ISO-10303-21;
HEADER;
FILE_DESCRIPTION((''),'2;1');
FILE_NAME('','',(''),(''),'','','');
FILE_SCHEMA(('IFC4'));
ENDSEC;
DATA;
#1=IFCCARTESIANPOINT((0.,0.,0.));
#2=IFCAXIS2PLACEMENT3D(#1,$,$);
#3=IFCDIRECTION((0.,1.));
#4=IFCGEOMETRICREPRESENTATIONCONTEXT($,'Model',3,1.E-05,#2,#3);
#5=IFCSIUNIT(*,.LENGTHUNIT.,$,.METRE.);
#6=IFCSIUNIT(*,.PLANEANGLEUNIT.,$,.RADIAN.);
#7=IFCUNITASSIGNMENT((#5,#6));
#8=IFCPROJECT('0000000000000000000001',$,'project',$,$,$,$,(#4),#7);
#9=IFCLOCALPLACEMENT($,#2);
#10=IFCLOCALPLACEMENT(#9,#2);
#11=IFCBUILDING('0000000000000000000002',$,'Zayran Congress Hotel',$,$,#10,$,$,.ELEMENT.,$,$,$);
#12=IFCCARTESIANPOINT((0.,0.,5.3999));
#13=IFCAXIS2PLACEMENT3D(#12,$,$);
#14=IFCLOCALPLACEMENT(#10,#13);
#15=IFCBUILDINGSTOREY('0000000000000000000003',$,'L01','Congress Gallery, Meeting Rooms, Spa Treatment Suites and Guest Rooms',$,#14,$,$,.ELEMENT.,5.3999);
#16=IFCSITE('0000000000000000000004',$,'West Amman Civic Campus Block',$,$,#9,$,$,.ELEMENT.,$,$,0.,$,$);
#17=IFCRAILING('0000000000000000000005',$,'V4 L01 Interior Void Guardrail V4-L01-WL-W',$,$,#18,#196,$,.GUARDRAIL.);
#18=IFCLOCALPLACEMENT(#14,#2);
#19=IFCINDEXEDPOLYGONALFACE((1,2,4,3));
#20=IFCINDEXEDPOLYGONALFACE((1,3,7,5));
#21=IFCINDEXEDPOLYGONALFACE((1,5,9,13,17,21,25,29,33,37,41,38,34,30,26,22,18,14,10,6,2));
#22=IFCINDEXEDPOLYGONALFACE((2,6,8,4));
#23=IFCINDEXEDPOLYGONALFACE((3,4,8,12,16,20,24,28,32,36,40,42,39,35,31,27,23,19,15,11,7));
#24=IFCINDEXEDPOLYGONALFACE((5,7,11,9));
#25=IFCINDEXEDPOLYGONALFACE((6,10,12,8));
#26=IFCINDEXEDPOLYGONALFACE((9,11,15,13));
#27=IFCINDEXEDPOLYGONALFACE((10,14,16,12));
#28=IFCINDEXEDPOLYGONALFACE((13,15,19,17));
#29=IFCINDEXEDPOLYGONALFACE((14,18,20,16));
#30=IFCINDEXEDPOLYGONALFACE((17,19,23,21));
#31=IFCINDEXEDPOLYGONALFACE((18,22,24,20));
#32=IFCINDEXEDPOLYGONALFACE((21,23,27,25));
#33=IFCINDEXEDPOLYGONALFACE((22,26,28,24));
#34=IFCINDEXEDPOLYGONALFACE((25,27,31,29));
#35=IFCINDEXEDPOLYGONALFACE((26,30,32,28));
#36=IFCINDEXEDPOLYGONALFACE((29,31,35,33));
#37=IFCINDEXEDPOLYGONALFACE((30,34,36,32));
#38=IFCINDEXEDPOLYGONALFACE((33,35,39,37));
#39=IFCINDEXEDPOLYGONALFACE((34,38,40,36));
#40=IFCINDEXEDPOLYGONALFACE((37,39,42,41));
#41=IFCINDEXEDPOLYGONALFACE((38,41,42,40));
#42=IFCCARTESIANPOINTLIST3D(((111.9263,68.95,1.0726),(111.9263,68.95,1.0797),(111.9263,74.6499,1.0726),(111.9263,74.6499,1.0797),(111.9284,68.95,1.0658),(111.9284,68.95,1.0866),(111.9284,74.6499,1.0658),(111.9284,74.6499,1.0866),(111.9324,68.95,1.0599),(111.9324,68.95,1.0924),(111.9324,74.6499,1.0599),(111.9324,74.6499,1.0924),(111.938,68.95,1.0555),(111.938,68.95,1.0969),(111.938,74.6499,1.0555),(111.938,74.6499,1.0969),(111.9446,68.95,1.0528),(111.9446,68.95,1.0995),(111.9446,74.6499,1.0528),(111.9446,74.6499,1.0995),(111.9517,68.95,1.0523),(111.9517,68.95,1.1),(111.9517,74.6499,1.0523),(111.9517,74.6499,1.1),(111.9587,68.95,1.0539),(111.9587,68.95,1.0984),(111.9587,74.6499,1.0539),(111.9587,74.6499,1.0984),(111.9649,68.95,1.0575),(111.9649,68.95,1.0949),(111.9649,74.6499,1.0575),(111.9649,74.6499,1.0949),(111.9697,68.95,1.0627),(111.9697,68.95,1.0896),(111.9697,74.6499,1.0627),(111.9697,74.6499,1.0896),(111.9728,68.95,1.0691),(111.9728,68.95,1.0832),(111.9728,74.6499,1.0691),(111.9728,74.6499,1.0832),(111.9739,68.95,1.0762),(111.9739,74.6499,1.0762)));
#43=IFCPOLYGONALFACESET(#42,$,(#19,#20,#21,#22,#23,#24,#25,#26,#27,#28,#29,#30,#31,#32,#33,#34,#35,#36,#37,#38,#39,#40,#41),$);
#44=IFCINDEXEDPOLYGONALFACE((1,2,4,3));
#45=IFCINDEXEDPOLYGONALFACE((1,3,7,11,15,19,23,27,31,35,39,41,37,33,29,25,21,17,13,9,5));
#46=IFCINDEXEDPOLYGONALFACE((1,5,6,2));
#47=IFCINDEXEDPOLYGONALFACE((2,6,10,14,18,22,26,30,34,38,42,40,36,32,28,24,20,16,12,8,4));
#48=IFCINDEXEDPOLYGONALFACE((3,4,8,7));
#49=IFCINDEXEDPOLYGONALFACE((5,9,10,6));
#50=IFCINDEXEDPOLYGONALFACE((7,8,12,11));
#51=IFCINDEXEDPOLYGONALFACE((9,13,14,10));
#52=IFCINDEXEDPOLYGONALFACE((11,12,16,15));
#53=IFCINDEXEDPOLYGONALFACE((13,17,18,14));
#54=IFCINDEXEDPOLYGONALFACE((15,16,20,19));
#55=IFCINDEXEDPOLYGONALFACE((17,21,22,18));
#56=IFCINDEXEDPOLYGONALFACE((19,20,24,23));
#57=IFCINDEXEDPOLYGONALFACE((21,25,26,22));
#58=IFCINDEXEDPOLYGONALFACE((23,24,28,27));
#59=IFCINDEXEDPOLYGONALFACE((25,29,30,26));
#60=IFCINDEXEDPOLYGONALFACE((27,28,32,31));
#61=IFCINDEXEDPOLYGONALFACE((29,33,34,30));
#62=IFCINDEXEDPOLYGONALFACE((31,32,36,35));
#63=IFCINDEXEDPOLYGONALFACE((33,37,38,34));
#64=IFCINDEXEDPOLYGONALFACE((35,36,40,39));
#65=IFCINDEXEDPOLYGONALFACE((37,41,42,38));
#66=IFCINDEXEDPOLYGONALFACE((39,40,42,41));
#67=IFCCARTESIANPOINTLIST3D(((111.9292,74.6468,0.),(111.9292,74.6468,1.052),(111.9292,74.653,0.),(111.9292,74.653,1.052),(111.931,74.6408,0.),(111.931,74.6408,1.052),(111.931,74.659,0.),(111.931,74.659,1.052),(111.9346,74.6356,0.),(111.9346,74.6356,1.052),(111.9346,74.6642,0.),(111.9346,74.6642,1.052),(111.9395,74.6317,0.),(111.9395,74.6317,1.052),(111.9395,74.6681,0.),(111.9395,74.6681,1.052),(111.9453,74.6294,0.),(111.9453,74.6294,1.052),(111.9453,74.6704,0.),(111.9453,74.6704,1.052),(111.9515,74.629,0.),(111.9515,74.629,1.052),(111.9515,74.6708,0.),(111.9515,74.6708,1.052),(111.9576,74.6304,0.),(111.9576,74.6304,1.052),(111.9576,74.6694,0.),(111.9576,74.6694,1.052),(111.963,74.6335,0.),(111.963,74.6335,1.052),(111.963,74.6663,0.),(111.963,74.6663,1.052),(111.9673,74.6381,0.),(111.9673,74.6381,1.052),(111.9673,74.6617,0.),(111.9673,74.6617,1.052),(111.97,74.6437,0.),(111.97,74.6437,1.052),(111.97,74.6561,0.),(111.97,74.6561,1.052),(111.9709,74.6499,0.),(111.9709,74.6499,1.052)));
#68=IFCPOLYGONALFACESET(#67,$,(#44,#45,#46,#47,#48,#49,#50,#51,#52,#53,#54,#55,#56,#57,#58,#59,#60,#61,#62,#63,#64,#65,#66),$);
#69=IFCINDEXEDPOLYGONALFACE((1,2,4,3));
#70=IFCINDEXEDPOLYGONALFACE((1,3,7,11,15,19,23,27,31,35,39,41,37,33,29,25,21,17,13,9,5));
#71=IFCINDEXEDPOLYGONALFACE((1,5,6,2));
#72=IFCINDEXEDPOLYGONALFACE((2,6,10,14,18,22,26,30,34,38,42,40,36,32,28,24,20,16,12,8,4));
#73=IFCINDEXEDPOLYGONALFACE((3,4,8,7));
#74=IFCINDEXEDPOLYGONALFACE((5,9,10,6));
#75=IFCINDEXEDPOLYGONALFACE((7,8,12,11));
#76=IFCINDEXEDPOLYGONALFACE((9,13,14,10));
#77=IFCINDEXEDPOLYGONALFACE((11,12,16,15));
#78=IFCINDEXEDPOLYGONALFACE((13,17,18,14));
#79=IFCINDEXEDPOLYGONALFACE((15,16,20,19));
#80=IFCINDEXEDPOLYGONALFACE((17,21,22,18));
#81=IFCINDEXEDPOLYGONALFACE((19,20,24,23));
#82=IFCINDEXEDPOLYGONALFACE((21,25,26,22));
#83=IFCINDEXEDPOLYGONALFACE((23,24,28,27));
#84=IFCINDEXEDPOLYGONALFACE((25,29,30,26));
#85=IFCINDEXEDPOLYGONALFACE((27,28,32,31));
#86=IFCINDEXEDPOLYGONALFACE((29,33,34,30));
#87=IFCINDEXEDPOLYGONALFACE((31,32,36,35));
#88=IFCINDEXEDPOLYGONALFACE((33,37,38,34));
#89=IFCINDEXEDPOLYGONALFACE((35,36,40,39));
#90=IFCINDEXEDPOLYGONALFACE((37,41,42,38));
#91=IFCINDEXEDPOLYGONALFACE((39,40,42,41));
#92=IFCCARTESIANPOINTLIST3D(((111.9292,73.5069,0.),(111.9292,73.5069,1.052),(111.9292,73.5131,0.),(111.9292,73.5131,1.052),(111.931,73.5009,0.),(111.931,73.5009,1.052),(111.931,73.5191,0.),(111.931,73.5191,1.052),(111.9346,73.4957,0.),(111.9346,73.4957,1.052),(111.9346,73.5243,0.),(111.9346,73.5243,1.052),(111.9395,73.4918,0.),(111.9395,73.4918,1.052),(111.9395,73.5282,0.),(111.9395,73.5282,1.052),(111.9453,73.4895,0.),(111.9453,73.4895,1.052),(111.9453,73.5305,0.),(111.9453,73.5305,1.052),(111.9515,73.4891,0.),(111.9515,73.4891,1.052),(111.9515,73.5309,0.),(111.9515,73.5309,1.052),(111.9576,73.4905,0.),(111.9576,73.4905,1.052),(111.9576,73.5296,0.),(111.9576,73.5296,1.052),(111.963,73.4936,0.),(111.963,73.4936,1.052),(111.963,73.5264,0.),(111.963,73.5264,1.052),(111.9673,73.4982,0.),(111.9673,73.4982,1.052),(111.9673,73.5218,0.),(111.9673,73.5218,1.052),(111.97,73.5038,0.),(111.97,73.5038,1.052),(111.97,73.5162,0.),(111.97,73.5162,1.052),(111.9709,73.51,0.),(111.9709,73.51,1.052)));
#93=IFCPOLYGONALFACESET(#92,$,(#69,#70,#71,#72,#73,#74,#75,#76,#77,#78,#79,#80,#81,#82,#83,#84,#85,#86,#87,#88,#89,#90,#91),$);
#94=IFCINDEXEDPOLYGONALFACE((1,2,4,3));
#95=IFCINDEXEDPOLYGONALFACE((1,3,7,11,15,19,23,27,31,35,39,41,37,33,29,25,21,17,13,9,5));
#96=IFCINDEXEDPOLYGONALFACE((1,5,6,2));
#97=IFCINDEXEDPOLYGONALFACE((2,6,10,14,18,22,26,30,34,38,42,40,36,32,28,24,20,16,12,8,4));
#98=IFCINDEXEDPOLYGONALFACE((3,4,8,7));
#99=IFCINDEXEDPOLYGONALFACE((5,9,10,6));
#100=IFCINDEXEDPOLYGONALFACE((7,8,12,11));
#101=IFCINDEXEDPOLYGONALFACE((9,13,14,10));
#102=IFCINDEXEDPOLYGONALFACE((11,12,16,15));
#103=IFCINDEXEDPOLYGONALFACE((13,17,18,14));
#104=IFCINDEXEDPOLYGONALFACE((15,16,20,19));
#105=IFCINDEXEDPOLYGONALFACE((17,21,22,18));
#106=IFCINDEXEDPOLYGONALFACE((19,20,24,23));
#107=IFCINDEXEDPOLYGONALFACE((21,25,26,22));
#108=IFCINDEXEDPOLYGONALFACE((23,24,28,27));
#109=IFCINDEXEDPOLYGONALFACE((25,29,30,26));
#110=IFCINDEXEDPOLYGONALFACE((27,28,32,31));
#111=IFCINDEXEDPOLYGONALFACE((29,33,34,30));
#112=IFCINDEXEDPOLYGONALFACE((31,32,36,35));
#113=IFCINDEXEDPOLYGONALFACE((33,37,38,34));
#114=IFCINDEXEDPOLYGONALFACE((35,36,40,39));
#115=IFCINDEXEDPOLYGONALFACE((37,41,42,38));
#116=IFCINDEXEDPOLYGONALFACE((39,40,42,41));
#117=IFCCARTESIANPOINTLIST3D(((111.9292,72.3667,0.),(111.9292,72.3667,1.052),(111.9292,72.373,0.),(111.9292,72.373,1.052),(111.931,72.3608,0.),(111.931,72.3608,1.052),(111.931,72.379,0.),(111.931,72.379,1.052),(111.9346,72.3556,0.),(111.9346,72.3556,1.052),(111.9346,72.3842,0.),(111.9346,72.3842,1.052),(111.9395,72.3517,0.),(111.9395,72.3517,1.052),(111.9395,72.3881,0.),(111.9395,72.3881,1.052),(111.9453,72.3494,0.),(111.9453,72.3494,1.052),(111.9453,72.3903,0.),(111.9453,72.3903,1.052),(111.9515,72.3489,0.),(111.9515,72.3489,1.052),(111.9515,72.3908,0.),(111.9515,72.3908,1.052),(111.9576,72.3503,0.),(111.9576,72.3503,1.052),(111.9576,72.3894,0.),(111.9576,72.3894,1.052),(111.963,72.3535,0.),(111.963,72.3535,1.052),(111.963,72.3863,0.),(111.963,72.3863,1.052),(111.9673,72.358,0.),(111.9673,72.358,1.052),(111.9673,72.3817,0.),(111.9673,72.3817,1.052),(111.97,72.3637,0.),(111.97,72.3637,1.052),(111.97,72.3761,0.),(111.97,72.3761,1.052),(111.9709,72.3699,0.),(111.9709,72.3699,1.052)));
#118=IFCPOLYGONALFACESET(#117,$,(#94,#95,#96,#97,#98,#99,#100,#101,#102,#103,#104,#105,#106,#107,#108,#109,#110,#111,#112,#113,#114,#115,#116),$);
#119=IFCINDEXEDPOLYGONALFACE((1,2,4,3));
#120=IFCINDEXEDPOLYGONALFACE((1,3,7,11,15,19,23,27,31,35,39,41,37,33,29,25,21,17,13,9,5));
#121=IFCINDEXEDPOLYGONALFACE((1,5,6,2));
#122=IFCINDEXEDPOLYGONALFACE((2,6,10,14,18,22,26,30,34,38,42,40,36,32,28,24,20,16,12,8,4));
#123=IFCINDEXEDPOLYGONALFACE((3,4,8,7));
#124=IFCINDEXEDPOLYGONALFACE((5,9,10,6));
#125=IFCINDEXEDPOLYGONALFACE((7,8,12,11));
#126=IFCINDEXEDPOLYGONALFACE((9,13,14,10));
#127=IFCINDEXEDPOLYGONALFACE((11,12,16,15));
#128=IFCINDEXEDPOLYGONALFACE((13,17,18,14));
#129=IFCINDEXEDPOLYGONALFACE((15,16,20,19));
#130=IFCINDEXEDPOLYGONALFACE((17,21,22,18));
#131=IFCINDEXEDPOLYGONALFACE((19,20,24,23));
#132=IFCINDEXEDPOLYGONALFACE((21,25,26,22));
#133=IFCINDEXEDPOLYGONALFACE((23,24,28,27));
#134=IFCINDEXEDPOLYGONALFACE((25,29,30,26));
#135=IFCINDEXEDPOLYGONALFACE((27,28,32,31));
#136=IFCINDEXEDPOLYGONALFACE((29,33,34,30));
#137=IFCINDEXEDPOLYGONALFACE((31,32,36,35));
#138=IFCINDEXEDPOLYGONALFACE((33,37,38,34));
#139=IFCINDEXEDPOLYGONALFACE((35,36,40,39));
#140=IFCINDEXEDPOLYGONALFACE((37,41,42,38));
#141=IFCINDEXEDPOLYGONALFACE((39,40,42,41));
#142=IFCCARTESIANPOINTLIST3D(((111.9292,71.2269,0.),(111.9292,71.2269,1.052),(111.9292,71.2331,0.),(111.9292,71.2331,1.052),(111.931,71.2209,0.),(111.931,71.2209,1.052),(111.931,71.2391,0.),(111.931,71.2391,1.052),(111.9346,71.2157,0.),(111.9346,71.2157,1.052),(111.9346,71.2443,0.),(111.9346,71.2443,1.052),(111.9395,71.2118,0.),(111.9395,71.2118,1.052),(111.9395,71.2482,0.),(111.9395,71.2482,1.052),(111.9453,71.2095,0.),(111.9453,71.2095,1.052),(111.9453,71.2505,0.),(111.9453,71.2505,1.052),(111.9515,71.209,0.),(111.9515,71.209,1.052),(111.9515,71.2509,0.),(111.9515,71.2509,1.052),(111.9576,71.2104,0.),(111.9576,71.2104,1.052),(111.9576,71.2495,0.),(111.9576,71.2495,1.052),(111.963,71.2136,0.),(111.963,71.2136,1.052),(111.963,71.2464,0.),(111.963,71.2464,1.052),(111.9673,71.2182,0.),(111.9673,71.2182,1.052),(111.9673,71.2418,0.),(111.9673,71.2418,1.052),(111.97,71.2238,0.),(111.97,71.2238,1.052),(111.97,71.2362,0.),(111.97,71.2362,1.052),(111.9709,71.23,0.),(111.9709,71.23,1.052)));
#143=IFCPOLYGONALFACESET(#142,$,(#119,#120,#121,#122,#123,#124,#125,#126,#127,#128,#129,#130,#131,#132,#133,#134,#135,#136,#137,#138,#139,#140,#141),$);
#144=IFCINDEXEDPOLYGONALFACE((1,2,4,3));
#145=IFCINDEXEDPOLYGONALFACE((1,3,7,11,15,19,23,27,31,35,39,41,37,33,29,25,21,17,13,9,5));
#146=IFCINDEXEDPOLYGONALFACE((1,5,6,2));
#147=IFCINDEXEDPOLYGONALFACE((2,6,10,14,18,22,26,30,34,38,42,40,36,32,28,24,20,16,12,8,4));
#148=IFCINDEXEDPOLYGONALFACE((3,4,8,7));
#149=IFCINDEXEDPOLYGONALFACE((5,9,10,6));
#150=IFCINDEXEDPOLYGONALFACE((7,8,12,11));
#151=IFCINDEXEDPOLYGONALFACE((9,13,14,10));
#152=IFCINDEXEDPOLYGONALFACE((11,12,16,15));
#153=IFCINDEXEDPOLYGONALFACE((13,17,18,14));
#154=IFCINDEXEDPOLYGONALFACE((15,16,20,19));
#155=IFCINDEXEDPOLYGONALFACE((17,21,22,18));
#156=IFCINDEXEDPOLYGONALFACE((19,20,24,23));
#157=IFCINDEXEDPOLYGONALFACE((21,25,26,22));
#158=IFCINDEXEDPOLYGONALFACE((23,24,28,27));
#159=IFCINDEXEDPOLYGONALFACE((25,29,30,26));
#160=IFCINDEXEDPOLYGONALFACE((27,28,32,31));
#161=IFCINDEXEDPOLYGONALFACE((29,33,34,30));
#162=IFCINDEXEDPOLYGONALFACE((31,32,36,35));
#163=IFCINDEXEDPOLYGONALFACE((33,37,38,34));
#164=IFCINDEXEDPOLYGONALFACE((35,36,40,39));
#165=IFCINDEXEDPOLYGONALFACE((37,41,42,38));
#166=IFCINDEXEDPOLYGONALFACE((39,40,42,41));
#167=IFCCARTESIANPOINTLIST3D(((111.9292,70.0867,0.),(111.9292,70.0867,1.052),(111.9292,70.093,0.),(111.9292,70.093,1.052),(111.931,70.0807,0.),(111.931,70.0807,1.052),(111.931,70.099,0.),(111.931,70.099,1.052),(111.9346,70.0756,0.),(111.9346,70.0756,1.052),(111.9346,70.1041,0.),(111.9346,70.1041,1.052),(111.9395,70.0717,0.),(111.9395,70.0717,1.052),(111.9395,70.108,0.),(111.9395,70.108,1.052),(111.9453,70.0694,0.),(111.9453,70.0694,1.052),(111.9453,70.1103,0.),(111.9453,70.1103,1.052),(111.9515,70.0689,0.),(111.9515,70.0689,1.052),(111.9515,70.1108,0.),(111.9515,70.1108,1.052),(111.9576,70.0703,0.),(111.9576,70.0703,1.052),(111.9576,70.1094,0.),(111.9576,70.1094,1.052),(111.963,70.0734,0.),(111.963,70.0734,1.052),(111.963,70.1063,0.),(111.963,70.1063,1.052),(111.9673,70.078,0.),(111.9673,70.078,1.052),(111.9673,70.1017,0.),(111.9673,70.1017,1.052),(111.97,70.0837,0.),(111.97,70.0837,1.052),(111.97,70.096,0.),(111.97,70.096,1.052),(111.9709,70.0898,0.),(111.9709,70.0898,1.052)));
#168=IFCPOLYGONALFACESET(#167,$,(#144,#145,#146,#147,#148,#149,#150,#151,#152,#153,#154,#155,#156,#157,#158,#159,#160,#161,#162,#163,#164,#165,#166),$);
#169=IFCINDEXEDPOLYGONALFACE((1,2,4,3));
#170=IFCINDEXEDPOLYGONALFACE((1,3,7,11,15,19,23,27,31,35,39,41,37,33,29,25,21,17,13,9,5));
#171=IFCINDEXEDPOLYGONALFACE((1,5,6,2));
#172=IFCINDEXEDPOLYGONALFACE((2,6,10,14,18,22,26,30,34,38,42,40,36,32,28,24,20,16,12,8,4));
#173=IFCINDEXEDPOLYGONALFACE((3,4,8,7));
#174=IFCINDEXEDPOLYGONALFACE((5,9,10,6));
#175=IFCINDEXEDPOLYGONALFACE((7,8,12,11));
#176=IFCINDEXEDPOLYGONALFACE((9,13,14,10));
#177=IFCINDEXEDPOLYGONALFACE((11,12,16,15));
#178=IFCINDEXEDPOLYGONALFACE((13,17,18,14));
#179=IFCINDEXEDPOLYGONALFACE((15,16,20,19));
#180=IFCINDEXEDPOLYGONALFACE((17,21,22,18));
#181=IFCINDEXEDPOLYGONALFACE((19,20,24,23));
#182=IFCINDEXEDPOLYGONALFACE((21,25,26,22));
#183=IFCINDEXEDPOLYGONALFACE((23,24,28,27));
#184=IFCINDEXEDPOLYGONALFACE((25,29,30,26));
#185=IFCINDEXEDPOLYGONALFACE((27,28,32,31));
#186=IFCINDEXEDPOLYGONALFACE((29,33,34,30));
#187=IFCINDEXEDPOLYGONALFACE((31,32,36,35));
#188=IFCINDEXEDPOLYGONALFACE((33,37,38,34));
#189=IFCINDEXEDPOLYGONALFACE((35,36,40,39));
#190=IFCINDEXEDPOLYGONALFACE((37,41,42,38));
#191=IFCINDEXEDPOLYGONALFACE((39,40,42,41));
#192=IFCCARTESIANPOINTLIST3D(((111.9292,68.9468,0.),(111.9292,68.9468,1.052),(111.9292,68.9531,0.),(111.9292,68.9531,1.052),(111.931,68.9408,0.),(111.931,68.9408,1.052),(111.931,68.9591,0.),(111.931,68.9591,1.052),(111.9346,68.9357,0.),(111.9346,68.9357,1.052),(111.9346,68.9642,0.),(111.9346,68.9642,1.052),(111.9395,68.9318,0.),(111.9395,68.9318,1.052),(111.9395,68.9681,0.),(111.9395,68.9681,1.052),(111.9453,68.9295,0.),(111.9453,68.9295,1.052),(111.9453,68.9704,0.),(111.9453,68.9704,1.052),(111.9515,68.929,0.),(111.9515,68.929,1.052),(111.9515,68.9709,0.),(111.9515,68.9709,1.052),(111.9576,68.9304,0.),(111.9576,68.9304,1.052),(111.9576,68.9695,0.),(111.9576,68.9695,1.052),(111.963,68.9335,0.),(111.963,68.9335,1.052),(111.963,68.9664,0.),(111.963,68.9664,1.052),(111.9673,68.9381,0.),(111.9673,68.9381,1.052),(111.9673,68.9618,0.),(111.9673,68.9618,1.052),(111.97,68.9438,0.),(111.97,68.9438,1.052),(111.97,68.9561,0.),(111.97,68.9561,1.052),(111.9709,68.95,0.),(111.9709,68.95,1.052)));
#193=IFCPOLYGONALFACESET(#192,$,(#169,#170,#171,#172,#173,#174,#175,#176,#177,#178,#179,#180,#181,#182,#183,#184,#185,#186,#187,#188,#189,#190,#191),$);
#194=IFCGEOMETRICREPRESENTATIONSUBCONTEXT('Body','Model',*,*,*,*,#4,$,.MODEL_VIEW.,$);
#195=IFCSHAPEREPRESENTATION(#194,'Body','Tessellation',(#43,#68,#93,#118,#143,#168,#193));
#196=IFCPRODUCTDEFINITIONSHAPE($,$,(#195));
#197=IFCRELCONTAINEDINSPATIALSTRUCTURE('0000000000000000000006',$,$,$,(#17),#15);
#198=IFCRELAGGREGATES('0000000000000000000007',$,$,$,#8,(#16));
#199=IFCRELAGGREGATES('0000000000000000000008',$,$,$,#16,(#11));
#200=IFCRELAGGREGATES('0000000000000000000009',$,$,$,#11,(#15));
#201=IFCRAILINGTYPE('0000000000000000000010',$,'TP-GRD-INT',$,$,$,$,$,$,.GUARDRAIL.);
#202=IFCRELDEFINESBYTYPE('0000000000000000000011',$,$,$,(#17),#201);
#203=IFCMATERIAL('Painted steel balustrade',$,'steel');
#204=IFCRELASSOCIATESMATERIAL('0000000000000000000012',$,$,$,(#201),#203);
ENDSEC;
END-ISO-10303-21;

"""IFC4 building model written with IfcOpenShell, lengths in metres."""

from ifc_helpers import new_model, si_unit, direction, frame, origin, origin_2d, place, context, subcontext, project, spatial, circle, extrude, material, type_object, element, save


model = new_model("IFC4")

# Units and contexts
model_context = context("Model", 3, precision=1e-05, world=origin(), true_north=direction((0.0, 1.0)))
body_context = subcontext(model_context, "Body", "Model", "MODEL_VIEW")
ifc_project = project(units=[si_unit("LENGTHUNIT", "METRE"), si_unit("PLANEANGLEUNIT", "RADIAN")], contexts=[model_context])

# Site, building, storey
site_placement = place(None, origin())
site = spatial("IfcSite", under=ifc_project, at=site_placement, Name="West Amman Civic Campus Block", CompositionType="ELEMENT", RefElevation=0.0)
building_placement = place(site_placement, origin())
building = spatial("IfcBuilding", under=site, at=building_placement, Name="Zayran Congress Hotel", CompositionType="ELEMENT")
storey_placement = place(building_placement, frame((0.0, 0.0, 5.3999)))
storey = spatial("IfcBuildingStorey", under=building, at=storey_placement, Name="L01", Description="Congress Gallery, Meeting Rooms, Spa Treatment Suites and Guest Rooms", CompositionType="ELEMENT", Elevation=5.3999)

# Railing
ifc_material_1 = material(Name="Painted steel balustrade", Category="steel")
railing_type_1 = type_object("IfcRailingType", Name="TP-GRD-INT", PredefinedType="GUARDRAIL", material=ifc_material_1)
railing_1_placement = place(storey_placement, frame((111.95, 74.6499, 0.0)))
element("IfcRailing", 1, at=railing_1_placement, inside=storey, type_object=railing_type_1, Name="V4 L01 Interior Void Guardrail V4-L01-WL-W", PredefinedType="GUARDRAIL", context=body_context, shape_type="SweptSolid", body=[
    extrude(circle(Radius=0.0239, at=origin_2d()), frame((0.0, 0.0, 1.0762), z_axis=(0.0, -1.0, 0.0), x_axis=(1.0, 0.0, 0.0)), (0.0, 0.0, 1.0), 5.7),
    extrude(circle(Radius=0.021, at=origin_2d()), origin(), (0.0, 0.0, 1.0), 1.052),
    extrude(circle(Radius=0.021, at=origin_2d()), frame((0.0, -1.1399, 0.0)), (0.0, 0.0, 1.0), 1.052),
    extrude(circle(Radius=0.021, at=origin_2d()), frame((0.0, -2.28, 0.0)), (0.0, 0.0, 1.0), 1.052),
    extrude(circle(Radius=0.021, at=origin_2d()), frame((0.0, -3.4199, 0.0)), (0.0, 0.0, 1.0), 1.052),
    extrude(circle(Radius=0.021, at=origin_2d()), frame((0.0, -4.5601, 0.0)), (0.0, 0.0, 1.0), 1.052),
    extrude(circle(Radius=0.021, at=origin_2d()), frame((0.0, -5.7, 0.0)), (0.0, 0.0, 1.0), 1.052),
])

save(model, "model.ifc")
